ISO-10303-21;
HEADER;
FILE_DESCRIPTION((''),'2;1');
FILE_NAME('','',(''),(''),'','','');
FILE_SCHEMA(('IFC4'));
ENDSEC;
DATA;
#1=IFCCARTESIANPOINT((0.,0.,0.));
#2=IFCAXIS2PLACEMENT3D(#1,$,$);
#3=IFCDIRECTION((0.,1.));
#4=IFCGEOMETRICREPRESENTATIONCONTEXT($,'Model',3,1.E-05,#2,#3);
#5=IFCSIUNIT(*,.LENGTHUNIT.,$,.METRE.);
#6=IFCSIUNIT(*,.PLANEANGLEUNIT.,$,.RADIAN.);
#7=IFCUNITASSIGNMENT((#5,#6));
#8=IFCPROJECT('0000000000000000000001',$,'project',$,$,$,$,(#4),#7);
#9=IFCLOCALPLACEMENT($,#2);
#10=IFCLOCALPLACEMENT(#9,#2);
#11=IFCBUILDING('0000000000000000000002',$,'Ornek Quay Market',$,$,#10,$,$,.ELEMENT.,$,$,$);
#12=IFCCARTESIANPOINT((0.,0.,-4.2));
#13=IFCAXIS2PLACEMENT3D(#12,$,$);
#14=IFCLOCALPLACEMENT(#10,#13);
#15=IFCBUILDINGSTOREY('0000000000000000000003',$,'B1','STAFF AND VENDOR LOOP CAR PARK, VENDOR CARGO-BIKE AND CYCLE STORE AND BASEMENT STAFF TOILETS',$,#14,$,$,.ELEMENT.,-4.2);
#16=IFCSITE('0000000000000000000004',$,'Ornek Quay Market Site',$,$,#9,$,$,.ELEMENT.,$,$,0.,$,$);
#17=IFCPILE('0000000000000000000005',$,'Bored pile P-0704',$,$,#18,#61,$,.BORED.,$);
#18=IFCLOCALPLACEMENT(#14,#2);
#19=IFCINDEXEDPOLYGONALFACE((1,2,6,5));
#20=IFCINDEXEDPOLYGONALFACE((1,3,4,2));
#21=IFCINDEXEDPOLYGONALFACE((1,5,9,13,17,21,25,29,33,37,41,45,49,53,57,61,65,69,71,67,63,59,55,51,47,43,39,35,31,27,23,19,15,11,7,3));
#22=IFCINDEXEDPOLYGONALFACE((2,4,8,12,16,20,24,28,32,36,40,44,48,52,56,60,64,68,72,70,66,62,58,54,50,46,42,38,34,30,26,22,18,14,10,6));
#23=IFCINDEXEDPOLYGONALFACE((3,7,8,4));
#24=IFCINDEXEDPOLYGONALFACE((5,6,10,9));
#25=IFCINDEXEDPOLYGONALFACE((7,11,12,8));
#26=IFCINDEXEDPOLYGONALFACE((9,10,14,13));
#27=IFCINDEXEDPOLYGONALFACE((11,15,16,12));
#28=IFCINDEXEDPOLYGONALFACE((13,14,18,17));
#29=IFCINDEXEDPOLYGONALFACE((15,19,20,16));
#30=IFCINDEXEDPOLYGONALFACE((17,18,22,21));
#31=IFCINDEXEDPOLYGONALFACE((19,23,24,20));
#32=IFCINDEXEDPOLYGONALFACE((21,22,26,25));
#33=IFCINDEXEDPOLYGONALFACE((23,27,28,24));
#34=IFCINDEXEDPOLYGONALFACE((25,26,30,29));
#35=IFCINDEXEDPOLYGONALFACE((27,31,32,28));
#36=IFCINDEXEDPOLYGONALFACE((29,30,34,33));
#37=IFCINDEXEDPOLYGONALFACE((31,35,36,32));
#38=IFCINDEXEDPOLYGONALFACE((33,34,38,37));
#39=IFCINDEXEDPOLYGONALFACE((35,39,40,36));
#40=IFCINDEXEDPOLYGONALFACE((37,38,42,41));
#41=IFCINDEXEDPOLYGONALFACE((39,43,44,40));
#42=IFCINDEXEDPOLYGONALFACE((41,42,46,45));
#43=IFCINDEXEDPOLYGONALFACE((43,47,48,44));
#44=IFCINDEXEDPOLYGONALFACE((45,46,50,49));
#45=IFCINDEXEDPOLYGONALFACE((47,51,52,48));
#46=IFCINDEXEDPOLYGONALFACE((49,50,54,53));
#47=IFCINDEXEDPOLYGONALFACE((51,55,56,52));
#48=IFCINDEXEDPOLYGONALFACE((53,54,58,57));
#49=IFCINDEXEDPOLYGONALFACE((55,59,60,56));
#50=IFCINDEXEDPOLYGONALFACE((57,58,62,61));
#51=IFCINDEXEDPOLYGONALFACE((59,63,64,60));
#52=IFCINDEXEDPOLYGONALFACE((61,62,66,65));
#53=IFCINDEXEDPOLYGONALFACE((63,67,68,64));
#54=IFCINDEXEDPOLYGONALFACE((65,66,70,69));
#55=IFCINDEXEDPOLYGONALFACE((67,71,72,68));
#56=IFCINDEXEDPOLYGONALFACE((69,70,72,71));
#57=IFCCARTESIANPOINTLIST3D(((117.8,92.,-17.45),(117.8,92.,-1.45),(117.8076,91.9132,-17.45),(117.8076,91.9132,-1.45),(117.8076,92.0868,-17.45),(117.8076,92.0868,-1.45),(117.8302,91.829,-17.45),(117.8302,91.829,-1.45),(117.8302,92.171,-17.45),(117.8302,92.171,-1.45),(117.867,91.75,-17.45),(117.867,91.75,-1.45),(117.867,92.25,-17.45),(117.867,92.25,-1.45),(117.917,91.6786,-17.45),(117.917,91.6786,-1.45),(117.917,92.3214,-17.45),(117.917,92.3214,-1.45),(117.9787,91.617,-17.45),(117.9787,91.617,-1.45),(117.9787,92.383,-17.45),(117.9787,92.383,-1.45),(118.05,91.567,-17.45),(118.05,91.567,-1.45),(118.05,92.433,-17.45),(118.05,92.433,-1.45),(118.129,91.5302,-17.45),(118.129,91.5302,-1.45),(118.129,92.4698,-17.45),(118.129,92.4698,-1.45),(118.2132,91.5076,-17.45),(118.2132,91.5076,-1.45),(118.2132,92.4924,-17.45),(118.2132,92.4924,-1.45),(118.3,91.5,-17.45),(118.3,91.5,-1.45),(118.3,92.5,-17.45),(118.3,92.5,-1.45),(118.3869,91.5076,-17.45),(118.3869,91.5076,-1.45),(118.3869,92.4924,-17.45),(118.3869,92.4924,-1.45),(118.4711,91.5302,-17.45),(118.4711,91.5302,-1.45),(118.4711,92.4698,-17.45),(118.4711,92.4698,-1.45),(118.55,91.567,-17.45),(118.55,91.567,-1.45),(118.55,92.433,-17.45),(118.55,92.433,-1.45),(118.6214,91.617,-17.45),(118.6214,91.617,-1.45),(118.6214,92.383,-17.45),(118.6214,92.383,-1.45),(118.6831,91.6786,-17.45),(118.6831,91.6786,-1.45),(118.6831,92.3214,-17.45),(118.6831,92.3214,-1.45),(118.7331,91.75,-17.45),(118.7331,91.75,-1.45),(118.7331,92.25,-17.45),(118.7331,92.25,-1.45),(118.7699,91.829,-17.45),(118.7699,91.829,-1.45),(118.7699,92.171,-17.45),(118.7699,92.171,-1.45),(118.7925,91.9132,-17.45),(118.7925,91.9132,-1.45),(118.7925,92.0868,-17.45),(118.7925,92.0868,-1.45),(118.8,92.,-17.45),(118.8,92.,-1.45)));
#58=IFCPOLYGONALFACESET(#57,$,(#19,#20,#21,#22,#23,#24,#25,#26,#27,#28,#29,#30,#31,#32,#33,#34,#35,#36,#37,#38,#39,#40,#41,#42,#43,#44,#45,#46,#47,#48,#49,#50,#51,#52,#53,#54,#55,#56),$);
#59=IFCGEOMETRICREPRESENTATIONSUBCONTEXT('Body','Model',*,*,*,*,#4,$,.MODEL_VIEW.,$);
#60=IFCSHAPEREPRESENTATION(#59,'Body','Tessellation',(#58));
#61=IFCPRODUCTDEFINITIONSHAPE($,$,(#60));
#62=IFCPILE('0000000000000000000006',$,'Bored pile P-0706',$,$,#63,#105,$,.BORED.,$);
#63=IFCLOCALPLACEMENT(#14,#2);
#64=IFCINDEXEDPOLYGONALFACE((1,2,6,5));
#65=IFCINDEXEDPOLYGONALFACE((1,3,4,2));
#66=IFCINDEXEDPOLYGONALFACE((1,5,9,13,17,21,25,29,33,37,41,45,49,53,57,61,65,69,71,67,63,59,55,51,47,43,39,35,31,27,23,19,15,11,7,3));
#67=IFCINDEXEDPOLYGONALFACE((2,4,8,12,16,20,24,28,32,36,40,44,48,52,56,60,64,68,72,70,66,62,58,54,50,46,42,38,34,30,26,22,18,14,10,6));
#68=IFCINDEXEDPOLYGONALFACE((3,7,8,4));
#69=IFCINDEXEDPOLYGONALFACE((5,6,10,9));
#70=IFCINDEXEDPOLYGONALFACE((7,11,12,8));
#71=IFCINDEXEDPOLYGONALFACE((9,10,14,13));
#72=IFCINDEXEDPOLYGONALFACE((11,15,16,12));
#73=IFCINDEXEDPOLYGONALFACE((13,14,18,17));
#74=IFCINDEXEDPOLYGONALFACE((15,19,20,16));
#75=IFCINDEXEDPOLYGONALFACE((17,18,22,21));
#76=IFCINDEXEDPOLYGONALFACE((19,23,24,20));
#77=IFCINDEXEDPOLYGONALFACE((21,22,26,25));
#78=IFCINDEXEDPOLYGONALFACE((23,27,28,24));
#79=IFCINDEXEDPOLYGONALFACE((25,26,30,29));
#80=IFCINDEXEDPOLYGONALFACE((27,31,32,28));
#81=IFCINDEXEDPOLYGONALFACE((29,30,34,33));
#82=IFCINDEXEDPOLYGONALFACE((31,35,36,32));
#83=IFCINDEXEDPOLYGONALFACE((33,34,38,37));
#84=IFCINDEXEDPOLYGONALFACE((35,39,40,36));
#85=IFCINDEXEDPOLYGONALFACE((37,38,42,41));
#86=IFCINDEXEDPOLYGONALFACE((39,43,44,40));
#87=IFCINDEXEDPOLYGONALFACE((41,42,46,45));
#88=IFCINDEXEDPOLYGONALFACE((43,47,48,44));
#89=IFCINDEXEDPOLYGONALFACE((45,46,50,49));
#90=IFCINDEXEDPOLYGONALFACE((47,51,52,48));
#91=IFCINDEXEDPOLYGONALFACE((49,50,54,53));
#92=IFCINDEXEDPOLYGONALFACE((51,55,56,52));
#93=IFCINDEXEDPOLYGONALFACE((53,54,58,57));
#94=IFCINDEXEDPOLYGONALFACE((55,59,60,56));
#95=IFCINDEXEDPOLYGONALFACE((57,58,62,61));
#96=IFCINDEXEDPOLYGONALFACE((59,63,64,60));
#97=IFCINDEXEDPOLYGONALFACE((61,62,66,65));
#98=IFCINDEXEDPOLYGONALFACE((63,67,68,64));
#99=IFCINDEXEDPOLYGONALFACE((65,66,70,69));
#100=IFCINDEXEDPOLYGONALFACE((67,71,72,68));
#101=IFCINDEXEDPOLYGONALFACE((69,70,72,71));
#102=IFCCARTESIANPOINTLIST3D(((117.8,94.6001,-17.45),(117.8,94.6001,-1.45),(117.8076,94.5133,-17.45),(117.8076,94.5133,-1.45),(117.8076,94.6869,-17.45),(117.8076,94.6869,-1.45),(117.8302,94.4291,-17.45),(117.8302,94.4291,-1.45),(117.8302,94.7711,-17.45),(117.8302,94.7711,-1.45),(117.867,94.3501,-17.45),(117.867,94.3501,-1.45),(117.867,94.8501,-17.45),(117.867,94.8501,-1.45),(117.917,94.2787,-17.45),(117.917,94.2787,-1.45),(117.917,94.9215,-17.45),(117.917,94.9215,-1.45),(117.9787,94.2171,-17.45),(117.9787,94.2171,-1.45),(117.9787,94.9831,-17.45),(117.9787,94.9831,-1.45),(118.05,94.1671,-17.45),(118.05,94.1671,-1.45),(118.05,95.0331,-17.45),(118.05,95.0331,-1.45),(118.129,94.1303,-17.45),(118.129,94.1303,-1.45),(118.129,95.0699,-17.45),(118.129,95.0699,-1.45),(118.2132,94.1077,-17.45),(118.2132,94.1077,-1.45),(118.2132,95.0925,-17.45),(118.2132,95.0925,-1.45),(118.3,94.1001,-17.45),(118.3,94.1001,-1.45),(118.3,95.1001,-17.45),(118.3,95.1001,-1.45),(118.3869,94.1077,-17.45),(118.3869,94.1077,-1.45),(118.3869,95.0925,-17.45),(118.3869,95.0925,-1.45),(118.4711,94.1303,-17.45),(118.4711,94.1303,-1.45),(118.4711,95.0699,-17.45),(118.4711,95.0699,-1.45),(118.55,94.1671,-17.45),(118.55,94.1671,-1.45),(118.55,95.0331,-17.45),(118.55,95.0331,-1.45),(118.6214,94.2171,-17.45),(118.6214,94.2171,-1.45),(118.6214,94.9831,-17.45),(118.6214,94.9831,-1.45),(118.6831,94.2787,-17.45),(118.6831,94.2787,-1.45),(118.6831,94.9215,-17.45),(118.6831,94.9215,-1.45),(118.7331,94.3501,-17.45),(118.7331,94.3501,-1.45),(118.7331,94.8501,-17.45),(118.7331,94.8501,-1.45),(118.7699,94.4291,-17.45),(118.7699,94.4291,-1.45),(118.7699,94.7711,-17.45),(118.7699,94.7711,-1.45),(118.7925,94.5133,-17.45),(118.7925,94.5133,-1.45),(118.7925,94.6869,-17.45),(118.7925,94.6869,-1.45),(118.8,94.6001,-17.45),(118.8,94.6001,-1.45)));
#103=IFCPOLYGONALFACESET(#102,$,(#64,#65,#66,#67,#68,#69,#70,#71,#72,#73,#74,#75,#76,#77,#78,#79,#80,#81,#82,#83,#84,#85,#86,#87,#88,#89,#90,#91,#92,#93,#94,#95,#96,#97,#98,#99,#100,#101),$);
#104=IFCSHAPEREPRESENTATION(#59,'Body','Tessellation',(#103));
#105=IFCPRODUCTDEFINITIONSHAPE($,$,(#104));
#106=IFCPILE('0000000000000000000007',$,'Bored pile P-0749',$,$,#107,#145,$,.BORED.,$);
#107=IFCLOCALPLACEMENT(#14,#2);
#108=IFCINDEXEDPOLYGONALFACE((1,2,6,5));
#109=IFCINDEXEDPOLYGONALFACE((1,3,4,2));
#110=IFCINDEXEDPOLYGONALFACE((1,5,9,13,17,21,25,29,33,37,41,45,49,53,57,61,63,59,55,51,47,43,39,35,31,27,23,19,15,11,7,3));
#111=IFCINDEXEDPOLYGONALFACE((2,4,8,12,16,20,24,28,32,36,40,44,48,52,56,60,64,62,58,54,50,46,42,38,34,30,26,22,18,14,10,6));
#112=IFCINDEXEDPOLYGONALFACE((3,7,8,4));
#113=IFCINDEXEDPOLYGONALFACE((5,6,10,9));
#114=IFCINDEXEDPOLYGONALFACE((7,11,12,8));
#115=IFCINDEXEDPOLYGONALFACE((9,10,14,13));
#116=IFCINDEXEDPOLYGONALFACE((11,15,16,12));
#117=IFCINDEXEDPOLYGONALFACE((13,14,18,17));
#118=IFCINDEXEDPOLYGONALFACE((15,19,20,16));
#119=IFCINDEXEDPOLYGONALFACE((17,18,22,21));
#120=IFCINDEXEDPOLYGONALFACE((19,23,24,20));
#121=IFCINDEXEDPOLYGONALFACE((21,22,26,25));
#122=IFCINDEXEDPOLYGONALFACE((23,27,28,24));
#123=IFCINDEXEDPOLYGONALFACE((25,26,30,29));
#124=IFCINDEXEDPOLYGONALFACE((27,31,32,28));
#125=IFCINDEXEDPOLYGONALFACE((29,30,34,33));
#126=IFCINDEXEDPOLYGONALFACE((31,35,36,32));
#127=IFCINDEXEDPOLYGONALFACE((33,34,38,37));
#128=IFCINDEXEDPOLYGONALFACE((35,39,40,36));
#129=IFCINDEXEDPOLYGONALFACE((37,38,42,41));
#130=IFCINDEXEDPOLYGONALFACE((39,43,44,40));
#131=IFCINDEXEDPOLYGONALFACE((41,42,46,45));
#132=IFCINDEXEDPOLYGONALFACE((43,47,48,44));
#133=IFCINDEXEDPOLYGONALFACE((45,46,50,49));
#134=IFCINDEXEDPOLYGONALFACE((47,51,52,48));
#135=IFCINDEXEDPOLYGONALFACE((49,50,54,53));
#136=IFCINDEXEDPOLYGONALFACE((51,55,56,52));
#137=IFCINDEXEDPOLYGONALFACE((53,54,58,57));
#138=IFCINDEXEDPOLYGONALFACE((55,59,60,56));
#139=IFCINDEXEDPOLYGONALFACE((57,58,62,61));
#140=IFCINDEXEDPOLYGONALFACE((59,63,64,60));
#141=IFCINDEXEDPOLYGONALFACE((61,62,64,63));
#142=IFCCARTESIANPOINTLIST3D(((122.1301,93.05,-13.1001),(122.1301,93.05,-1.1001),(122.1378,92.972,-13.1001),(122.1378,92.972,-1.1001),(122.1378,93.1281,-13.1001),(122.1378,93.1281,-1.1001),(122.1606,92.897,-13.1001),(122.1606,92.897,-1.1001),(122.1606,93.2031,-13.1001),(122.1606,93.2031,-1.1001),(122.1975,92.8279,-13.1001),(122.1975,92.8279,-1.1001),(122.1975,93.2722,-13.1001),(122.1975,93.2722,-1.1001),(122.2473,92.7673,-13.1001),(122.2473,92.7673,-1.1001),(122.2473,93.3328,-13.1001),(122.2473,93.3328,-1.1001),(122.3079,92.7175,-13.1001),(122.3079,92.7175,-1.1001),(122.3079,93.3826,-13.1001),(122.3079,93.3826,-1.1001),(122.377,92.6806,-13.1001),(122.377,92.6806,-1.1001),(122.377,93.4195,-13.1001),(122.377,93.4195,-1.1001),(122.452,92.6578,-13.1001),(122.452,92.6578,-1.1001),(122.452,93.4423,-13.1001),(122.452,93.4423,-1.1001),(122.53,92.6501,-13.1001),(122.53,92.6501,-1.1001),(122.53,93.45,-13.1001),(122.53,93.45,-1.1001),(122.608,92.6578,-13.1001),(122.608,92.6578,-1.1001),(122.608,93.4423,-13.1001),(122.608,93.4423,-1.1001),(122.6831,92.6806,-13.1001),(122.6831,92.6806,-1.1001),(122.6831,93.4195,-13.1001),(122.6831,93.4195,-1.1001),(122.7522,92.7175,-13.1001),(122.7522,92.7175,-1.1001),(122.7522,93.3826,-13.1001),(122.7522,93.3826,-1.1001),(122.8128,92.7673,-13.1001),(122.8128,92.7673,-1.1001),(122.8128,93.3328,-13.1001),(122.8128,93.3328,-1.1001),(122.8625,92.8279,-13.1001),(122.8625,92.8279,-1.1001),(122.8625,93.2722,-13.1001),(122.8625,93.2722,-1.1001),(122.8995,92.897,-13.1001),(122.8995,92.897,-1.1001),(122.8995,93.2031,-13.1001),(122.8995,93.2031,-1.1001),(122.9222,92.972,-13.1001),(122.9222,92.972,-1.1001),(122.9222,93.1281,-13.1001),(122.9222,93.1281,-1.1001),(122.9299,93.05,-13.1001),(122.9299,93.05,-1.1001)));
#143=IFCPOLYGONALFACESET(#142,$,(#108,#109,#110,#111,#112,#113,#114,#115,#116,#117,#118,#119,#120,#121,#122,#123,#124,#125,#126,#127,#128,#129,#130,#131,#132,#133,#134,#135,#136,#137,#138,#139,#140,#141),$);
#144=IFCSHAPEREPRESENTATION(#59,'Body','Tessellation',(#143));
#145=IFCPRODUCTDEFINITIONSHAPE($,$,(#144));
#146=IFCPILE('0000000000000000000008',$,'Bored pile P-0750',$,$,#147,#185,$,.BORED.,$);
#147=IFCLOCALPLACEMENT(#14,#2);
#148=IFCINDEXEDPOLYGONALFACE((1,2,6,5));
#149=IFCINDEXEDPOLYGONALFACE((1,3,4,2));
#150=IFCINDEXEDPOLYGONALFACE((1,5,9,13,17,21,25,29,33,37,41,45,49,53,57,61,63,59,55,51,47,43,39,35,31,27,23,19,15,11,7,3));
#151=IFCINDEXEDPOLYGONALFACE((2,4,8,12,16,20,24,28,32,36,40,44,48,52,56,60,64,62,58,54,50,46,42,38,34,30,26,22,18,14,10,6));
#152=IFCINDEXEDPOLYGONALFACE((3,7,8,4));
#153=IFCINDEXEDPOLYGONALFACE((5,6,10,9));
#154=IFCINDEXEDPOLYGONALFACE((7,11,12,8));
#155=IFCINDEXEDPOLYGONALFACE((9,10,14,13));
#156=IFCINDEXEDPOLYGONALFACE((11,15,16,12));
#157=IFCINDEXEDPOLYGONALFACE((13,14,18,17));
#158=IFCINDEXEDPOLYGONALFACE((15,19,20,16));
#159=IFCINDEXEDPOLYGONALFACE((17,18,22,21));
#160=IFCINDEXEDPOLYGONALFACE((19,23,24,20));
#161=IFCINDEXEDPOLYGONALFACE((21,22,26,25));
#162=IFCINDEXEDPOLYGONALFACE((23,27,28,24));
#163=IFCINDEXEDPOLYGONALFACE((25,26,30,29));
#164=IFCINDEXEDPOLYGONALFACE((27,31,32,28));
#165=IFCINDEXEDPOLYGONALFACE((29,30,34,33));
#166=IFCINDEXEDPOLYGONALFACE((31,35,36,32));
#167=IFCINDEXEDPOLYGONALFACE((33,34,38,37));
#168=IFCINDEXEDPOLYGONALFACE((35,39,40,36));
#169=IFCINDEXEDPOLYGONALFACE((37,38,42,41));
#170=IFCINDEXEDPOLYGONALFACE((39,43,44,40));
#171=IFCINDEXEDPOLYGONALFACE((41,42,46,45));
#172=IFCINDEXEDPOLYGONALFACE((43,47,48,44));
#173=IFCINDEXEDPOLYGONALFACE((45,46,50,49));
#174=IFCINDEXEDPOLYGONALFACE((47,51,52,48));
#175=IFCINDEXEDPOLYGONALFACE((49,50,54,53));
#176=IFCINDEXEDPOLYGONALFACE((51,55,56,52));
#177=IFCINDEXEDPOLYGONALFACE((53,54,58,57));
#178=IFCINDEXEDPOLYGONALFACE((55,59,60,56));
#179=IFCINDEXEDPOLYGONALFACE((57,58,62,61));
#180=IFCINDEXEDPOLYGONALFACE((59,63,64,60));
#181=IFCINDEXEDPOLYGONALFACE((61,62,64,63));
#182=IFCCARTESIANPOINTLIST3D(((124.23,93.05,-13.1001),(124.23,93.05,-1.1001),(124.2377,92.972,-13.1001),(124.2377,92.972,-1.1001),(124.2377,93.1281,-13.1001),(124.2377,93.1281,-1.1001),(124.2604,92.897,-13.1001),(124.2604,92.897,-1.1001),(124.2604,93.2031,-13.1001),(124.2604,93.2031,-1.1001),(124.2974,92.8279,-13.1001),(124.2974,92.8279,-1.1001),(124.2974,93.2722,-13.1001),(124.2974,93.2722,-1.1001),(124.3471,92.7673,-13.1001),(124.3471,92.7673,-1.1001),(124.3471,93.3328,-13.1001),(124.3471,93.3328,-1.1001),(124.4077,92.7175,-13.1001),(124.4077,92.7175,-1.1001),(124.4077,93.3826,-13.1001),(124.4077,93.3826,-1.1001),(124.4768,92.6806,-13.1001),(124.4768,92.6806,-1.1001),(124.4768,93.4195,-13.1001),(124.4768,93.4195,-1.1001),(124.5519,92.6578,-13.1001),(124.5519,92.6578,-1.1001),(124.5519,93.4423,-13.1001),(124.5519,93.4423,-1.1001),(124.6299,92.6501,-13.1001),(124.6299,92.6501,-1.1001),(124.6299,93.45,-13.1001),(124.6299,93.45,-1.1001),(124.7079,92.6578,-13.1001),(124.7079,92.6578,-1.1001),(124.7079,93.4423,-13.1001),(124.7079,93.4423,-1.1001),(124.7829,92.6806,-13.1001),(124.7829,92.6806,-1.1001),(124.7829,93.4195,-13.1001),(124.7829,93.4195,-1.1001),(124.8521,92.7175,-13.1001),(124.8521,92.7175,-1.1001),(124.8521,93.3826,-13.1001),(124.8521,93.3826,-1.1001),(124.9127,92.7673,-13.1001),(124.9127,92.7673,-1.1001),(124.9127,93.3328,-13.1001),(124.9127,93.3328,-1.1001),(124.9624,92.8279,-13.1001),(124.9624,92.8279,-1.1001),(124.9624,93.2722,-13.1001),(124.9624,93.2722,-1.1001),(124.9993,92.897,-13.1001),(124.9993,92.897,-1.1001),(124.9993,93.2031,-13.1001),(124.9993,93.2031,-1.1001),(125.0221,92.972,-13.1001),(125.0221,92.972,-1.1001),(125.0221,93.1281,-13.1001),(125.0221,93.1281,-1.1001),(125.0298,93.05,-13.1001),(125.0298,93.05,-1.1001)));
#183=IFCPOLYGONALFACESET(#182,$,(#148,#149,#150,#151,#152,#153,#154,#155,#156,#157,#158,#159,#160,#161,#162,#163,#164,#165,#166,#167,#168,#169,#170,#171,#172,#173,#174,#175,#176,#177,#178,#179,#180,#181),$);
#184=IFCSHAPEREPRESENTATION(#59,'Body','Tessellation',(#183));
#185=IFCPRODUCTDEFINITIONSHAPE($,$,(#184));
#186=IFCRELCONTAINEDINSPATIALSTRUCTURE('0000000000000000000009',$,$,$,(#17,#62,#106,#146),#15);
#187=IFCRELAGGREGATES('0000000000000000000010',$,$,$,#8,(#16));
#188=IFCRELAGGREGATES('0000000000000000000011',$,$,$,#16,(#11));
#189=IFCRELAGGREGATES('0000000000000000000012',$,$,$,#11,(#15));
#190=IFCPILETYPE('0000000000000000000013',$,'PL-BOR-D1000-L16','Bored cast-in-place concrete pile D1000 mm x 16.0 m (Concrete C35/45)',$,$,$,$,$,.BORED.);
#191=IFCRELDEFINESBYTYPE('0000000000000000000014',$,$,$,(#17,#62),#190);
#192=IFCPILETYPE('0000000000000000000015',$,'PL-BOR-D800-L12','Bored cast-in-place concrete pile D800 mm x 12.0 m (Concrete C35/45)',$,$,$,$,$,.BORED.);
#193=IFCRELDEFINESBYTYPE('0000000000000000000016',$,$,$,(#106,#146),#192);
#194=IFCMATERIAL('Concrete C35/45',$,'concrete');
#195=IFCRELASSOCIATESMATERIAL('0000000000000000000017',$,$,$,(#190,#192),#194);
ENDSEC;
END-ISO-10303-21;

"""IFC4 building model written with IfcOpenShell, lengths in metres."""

from ifc_helpers import new_model, si_unit, direction, frame, origin, origin_2d, place, context, subcontext, project, spatial, circle, extrude, material, material_profile, profile_set, type_object, element, save


model = new_model("IFC4")

# Units and contexts
model_context = context("Model", 3, precision=1e-05, world=origin(), true_north=direction((0.0, 1.0)))
body_context = subcontext(model_context, "Body", "Model", "MODEL_VIEW")
ifc_project = project(units=[si_unit("LENGTHUNIT", "METRE"), si_unit("PLANEANGLEUNIT", "RADIAN")], contexts=[model_context])

# Site, building, storey
site_placement = place(None, origin())
site = spatial("IfcSite", under=ifc_project, at=site_placement, Name="Ornek Quay Market Site", CompositionType="ELEMENT", RefElevation=0.0)
building_placement = place(site_placement, origin())
building = spatial("IfcBuilding", under=site, at=building_placement, Name="Ornek Quay Market", CompositionType="ELEMENT")
storey_placement = place(building_placement, frame((0.0, 0.0, -4.2)))
storey = spatial("IfcBuildingStorey", under=building, at=storey_placement, Name="B1", Description="STAFF AND VENDOR LOOP CAR PARK, VENDOR CARGO-BIKE AND CYCLE STORE AND BASEMENT STAFF TOILETS", CompositionType="ELEMENT", Elevation=-4.2)

# Piles
ifc_material_1 = material(Name="Concrete C35/45", Category="concrete")
ifc_material_profile_1 = material_profile(ifc_material_1, circle(Radius=0.5, at=origin_2d()), Name="PILE D1000", Category="concrete")
ifc_profile_set_1 = profile_set([ifc_material_profile_1], Name="Concrete C35/45")
pile_type_1 = type_object("IfcPileType", Name="PL-BOR-D1000-L16", Description="Bored cast-in-place concrete pile D1000 mm x 16.0 m (Concrete C35/45)", PredefinedType="BORED", material=ifc_profile_set_1)
for number, where, z_axis, x_axis, name in (
    (1, (118.3, 92.0, -1.45), (0.0, 0.0, -1.0), (1.0, 0.0, 0.0), "Bored pile P-0704"),
    (2, (118.3, 94.6001, -1.45), (0.0, 0.0, -1.0), (1.0, 0.0, 0.0), "Bored pile P-0706"),
):
    element("IfcPile", number, at=place(storey_placement, frame(where, z_axis=z_axis, x_axis=x_axis)), inside=storey, type_object=pile_type_1, Name=name, PredefinedType="BORED", context=body_context, shape_type="SweptSolid", body=[
        extrude(circle(Radius=0.5, at=origin_2d()), origin(), (0.0, 0.0, 1.0), 16.0),
    ])
ifc_material_profile_2 = material_profile(ifc_material_1, circle(Radius=0.3999, at=origin_2d()), Name="PILE D800", Category="concrete")
ifc_profile_set_2 = profile_set([ifc_material_profile_2], Name="Concrete C35/45")
pile_type_2 = type_object("IfcPileType", Name="PL-BOR-D800-L12", Description="Bored cast-in-place concrete pile D800 mm x 12.0 m (Concrete C35/45)", PredefinedType="BORED", material=ifc_profile_set_2)
for number, where, z_axis, x_axis, name in (
    (3, (122.53, 93.05, -1.1001), (0.0, 0.0, -1.0), (1.0, 0.0, 0.0), "Bored pile P-0749"),
    (4, (124.6299, 93.05, -1.1001), (0.0, 0.0, -1.0), (1.0, 0.0, 0.0), "Bored pile P-0750"),
):
    element("IfcPile", number, at=place(storey_placement, frame(where, z_axis=z_axis, x_axis=x_axis)), inside=storey, type_object=pile_type_2, Name=name, PredefinedType="BORED", context=body_context, shape_type="SweptSolid", body=[
        extrude(circle(Radius=0.3999, at=origin_2d()), origin(), (0.0, 0.0, 1.0), 12.0),
    ])

save(model, "model.ifc")
